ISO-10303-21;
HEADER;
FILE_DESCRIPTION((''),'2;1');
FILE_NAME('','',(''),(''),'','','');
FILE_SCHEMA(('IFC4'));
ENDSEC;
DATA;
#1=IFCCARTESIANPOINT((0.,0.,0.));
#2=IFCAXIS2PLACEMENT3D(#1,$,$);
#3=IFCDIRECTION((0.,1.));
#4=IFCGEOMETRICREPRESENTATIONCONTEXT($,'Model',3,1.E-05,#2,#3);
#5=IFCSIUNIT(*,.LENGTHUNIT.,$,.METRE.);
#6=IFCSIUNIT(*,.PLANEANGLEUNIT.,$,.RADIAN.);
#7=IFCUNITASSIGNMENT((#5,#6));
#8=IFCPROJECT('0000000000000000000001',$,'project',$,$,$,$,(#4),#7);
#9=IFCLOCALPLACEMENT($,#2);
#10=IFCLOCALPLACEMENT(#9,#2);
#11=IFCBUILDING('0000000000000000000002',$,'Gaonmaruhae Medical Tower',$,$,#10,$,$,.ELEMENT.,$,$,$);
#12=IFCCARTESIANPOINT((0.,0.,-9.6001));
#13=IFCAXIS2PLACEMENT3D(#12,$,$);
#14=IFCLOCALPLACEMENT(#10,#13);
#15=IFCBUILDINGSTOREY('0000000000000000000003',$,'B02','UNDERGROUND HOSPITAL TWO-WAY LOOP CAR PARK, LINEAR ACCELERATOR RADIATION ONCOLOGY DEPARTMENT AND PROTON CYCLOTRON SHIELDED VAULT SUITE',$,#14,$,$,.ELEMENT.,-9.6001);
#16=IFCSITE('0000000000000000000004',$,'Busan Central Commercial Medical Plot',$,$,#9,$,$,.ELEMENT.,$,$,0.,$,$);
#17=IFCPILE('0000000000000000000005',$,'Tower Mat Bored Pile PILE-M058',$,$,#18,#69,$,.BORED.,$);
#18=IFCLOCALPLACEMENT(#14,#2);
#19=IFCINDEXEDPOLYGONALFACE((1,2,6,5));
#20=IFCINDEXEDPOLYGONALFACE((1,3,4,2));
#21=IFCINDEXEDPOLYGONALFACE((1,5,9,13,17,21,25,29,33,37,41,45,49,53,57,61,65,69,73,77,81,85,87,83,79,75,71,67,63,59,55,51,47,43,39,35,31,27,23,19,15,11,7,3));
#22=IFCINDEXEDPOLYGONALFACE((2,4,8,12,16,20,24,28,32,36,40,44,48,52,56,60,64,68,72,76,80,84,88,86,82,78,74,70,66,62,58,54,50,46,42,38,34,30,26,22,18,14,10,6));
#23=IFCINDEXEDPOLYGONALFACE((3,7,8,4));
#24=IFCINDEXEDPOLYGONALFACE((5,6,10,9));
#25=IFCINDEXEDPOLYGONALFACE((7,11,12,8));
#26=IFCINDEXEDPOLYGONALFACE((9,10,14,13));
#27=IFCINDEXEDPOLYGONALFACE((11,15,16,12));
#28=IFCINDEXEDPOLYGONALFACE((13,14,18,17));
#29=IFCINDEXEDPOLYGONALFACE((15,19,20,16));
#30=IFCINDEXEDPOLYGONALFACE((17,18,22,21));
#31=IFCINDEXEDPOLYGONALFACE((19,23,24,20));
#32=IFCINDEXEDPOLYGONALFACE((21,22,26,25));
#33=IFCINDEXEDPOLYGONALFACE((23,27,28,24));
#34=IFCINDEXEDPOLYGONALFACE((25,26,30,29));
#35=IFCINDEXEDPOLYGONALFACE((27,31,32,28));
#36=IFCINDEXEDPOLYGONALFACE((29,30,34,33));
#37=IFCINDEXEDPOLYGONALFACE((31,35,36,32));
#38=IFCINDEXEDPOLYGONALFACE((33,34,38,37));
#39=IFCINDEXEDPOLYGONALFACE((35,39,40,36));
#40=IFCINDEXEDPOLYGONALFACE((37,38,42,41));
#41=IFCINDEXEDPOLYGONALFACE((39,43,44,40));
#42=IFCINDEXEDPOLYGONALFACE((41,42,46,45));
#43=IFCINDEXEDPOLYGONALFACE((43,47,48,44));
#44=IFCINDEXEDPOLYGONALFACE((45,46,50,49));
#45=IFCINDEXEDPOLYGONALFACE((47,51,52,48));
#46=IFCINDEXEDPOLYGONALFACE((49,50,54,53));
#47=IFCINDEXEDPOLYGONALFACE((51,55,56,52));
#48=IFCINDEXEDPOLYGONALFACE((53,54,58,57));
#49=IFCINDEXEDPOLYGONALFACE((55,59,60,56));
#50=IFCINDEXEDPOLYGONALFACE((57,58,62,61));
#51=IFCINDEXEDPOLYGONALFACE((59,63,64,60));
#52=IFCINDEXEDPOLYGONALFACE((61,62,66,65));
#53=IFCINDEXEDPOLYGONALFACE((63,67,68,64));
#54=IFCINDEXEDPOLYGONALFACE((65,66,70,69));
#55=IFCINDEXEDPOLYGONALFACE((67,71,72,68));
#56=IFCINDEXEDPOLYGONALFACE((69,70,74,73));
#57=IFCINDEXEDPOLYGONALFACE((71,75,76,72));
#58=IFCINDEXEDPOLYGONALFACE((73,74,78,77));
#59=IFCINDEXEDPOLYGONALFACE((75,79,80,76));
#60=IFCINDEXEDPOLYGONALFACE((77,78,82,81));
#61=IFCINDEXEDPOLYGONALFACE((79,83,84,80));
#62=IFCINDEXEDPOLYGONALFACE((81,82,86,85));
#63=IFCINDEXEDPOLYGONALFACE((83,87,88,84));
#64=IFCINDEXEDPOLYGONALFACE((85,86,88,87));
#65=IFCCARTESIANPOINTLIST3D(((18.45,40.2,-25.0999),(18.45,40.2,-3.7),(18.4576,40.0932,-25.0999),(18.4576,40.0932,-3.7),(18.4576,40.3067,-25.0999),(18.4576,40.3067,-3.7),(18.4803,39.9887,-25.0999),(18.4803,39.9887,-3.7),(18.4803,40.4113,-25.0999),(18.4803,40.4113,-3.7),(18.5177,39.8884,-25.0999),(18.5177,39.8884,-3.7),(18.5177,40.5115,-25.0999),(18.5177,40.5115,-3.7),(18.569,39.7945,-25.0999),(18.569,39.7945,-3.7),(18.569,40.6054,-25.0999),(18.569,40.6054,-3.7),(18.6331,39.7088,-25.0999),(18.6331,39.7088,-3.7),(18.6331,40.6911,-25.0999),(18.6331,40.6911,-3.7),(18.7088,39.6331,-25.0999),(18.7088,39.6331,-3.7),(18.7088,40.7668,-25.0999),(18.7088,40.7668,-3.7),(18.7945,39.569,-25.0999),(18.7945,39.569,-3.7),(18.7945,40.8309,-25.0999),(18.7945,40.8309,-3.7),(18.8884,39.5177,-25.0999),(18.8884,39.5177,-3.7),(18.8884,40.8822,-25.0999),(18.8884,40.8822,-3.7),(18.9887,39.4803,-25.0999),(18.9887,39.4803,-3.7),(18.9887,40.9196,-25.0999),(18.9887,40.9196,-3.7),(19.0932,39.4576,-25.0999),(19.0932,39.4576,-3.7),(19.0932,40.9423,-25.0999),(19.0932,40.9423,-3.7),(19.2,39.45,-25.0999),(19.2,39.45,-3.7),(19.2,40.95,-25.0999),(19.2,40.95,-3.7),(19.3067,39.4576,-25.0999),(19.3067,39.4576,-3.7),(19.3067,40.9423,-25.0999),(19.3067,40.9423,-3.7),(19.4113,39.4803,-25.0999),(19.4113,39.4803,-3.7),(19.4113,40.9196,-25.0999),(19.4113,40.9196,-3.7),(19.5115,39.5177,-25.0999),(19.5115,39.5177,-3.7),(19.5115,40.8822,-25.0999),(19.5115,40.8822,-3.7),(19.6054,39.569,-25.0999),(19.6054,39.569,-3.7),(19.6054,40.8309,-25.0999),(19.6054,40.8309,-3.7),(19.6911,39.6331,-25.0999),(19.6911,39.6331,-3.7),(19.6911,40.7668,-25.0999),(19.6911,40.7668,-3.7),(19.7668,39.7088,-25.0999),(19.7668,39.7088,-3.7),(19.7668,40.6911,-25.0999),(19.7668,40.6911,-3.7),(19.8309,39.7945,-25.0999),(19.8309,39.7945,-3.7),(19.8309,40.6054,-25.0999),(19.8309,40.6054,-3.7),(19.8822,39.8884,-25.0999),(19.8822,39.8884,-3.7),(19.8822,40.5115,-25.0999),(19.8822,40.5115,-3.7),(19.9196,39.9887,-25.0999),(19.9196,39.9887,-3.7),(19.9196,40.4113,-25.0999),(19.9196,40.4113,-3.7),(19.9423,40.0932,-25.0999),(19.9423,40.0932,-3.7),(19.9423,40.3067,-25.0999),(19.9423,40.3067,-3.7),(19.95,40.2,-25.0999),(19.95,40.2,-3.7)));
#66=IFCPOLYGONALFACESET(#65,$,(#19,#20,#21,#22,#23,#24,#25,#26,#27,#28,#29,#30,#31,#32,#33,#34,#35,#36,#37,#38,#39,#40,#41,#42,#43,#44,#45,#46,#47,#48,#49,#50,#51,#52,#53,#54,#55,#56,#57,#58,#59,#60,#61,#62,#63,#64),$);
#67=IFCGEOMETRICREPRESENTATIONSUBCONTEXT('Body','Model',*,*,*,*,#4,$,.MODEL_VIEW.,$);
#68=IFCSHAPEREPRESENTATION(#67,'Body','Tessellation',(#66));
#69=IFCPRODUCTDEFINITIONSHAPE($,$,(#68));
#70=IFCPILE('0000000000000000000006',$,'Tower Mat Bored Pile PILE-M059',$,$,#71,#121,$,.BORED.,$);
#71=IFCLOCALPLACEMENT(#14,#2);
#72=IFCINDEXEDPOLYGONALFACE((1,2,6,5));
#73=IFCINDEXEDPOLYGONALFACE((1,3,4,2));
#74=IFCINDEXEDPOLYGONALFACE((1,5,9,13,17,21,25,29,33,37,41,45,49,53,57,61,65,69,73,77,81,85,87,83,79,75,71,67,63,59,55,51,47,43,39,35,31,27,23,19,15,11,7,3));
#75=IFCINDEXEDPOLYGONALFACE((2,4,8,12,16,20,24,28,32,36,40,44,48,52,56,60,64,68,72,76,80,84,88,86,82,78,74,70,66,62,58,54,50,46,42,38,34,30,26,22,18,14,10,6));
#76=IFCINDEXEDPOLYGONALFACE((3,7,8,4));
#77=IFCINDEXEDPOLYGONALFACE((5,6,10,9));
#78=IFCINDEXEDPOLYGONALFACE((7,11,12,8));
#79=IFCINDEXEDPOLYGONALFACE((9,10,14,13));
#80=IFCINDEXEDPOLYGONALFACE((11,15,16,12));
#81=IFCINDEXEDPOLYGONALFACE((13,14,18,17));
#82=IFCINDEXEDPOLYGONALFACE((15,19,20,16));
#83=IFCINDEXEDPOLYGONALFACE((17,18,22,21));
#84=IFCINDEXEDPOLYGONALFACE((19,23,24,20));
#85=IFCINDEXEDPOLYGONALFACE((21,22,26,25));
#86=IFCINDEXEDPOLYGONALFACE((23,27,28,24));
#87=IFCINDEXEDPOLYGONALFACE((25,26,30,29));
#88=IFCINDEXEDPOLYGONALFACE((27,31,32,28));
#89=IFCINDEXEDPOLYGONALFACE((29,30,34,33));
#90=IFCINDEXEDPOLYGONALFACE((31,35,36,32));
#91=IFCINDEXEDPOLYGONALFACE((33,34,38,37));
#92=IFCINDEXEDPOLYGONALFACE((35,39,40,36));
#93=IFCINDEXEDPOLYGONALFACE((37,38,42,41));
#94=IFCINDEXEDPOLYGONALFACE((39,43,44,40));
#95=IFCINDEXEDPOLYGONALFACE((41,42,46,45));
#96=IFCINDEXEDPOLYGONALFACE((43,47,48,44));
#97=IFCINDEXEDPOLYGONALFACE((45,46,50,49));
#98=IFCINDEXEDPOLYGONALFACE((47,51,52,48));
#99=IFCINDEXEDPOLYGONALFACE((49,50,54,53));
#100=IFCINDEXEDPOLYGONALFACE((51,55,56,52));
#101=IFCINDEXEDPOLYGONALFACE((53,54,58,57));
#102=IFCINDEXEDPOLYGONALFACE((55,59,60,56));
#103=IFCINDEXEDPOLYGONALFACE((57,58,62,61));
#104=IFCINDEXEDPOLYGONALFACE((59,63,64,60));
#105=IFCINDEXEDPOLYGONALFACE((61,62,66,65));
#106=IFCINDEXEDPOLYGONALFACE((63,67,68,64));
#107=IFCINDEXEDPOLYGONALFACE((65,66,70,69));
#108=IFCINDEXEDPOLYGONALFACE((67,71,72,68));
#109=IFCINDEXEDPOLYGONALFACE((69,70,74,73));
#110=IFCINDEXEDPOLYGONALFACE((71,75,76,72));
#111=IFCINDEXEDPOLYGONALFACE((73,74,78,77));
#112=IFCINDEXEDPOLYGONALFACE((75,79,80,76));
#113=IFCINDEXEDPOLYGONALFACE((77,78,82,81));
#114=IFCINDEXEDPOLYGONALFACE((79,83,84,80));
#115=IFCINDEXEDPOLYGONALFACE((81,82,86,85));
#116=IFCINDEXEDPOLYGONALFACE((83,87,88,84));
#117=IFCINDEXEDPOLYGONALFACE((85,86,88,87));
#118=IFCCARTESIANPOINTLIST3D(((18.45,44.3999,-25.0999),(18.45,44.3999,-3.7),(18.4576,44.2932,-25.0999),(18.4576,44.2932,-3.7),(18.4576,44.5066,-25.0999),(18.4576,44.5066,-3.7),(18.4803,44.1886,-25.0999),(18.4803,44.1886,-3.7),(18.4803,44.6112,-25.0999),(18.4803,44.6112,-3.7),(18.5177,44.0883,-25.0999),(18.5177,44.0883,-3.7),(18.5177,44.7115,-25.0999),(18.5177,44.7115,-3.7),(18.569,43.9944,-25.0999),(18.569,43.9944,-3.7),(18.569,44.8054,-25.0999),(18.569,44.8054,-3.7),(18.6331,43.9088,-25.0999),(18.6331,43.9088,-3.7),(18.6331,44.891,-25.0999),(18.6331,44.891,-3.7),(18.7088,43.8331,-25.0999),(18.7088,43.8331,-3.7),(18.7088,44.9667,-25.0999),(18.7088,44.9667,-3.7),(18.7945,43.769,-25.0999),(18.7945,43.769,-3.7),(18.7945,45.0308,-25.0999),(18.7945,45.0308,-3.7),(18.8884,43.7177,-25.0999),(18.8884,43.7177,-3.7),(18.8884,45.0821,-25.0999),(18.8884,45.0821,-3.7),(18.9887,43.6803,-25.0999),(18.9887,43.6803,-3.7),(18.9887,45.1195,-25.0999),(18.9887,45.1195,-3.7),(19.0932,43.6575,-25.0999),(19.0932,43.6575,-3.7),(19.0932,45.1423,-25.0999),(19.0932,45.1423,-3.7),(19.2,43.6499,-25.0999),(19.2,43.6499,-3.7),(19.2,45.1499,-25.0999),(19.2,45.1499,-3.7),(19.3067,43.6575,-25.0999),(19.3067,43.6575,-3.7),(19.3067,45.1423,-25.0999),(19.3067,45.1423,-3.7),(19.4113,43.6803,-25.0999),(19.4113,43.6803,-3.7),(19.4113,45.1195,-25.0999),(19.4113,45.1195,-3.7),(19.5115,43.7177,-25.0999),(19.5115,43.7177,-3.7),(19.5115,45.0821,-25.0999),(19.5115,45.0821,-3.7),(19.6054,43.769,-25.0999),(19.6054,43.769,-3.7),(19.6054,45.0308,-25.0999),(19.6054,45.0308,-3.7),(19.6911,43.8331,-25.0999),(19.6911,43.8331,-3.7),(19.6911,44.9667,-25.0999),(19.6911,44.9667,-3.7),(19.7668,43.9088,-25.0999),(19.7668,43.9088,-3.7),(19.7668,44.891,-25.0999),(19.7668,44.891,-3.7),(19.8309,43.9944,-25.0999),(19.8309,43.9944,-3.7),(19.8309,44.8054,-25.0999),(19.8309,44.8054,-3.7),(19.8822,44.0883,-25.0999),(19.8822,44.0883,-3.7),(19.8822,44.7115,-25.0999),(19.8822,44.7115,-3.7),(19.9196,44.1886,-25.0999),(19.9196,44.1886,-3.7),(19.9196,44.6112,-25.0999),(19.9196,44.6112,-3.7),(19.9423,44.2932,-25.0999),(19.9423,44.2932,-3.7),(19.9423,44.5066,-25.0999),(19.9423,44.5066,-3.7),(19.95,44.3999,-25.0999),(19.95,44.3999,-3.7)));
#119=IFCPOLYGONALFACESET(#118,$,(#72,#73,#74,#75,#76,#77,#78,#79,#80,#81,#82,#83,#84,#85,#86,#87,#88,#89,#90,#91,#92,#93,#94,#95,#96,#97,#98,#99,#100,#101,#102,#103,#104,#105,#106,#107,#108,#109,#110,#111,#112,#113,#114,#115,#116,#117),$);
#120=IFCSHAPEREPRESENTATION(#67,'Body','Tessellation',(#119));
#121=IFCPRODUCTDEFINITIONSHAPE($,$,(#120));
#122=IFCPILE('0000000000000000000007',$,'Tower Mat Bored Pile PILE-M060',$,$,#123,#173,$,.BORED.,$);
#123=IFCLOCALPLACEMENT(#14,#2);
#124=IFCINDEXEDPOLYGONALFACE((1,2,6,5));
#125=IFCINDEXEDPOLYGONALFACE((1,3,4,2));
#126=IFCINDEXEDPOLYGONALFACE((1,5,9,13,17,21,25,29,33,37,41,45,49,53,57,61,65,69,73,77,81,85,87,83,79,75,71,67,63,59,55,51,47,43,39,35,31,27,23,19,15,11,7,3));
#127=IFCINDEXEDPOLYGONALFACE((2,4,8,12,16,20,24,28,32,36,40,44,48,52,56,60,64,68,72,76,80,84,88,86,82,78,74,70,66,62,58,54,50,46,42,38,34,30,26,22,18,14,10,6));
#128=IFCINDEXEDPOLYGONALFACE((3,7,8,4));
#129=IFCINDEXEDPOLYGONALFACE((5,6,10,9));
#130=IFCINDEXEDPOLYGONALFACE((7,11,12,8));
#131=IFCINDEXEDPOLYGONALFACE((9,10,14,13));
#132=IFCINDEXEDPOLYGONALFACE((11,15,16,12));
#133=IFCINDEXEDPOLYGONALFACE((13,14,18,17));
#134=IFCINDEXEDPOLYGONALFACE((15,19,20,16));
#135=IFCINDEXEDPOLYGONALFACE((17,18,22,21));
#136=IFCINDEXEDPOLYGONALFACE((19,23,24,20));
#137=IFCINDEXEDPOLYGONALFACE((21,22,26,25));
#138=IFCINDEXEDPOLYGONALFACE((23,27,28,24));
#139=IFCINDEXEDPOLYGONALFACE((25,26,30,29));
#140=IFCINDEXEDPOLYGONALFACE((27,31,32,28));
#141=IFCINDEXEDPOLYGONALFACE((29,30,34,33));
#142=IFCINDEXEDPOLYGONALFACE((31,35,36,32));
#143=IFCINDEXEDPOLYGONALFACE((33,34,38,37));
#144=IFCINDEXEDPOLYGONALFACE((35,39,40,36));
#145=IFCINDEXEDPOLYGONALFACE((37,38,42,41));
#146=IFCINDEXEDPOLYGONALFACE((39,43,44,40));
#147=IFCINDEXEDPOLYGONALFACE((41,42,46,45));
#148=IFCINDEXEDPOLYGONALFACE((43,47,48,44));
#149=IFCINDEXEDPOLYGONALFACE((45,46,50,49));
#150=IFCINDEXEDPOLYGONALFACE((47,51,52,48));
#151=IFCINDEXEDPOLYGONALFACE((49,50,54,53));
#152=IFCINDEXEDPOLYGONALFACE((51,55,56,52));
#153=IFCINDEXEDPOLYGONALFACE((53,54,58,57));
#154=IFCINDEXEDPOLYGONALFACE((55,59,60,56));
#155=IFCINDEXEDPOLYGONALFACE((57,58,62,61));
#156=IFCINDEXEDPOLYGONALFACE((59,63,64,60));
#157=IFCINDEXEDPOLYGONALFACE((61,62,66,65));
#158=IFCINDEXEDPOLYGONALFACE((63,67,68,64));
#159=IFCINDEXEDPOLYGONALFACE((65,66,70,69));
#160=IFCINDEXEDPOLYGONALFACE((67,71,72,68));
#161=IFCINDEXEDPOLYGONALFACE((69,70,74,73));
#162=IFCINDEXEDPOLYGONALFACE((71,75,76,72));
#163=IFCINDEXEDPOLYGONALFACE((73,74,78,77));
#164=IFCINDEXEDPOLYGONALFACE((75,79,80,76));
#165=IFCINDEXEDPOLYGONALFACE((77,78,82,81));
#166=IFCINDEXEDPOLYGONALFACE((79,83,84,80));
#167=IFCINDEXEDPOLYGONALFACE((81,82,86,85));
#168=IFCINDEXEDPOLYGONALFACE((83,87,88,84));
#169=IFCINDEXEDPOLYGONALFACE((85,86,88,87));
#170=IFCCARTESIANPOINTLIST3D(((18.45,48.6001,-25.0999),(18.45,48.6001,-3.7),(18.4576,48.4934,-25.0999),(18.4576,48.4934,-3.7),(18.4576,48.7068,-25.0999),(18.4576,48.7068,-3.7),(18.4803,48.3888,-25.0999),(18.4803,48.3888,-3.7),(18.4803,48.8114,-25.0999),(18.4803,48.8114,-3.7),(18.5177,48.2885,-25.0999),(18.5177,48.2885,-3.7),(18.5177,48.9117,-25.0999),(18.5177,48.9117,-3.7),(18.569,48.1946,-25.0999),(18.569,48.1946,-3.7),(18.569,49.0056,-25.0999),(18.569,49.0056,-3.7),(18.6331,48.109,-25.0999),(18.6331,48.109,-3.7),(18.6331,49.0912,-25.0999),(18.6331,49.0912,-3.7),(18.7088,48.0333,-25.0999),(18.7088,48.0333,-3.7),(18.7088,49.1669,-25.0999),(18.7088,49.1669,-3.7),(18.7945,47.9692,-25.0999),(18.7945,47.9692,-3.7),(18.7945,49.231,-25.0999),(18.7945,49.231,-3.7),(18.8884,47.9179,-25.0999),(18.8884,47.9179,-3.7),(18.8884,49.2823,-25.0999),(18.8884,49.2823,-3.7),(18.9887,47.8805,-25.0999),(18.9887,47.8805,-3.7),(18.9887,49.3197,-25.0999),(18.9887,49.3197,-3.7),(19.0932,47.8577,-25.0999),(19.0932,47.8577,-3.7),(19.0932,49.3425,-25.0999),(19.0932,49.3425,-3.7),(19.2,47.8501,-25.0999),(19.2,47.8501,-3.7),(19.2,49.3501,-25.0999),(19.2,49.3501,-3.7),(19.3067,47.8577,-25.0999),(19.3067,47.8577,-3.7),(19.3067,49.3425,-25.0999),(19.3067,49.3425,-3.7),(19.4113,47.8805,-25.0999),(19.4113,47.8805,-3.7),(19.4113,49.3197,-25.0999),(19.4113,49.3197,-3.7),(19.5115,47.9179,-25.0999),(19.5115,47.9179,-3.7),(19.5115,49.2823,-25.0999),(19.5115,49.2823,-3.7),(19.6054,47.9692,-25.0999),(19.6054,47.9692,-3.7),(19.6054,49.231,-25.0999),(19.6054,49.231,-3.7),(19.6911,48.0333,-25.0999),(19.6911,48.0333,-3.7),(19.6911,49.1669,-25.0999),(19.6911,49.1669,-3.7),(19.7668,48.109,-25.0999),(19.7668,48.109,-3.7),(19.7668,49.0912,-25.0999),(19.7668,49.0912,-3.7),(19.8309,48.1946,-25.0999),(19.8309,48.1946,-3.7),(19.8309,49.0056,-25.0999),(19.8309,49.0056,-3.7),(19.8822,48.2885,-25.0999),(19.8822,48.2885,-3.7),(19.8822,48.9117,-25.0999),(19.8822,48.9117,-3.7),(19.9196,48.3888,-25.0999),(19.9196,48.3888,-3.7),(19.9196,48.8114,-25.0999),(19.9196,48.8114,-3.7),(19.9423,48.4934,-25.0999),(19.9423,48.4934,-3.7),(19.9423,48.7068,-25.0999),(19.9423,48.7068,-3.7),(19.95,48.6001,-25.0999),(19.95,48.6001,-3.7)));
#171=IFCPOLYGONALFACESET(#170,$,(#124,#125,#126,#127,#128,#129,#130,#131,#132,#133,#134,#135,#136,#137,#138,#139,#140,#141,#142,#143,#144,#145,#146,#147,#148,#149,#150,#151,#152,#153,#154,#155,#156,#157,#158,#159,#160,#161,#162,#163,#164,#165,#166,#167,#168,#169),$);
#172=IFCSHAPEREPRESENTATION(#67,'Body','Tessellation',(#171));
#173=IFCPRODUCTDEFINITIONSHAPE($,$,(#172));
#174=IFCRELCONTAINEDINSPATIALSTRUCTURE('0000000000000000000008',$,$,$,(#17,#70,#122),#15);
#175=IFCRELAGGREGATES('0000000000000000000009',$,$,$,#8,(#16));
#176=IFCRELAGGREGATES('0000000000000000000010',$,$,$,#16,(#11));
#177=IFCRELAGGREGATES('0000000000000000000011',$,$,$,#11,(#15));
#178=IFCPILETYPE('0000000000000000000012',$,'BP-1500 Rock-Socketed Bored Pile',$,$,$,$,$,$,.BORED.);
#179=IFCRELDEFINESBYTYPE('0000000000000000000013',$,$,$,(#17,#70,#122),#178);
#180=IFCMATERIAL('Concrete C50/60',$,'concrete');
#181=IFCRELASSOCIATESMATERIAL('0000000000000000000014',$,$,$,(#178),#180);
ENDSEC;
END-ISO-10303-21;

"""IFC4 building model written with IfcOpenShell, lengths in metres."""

from ifc_helpers import new_model, si_unit, direction, frame, origin, origin_2d, place, context, subcontext, project, spatial, circle, extrude, material, material_profile, profile_set, type_object, element, save


model = new_model("IFC4")

# Units and contexts
model_context = context("Model", 3, precision=1e-05, world=origin(), true_north=direction((0.0, 1.0)))
body_context = subcontext(model_context, "Body", "Model", "MODEL_VIEW")
ifc_project = project(units=[si_unit("LENGTHUNIT", "METRE"), si_unit("PLANEANGLEUNIT", "RADIAN")], contexts=[model_context])

# Site, building, storey
site_placement = place(None, origin())
site = spatial("IfcSite", under=ifc_project, at=site_placement, Name="Busan Central Commercial Medical Plot", CompositionType="ELEMENT", RefElevation=0.0)
building_placement = place(site_placement, origin())
building = spatial("IfcBuilding", under=site, at=building_placement, Name="Gaonmaruhae Medical Tower", CompositionType="ELEMENT")
storey_placement = place(building_placement, frame((0.0, 0.0, -9.6001)))
storey = spatial("IfcBuildingStorey", under=building, at=storey_placement, Name="B02", Description="UNDERGROUND HOSPITAL TWO-WAY LOOP CAR PARK, LINEAR ACCELERATOR RADIATION ONCOLOGY DEPARTMENT AND PROTON CYCLOTRON SHIELDED VAULT SUITE", CompositionType="ELEMENT", Elevation=-9.6001)

# Piles
ifc_material_1 = material(Name="Concrete C50/60", Category="concrete")
ifc_material_profile_1 = material_profile(ifc_material_1, circle(Radius=0.75, at=origin_2d()), Name="PILE-D1500")
ifc_profile_set_1 = profile_set([ifc_material_profile_1], Name="Concrete C50/60")
pile_type = type_object("IfcPileType", Name="BP-1500 Rock-Socketed Bored Pile", PredefinedType="BORED", material=ifc_profile_set_1)
for number, where, z_axis, x_axis, name in (
    (1, (19.2, 40.2, -3.7), (0.0, 0.0, -1.0), (1.0, 0.0, 0.0), "Tower Mat Bored Pile PILE-M058"),
    (2, (19.2, 44.3999, -3.7), (0.0, 0.0, -1.0), (1.0, 0.0, 0.0), "Tower Mat Bored Pile PILE-M059"),
    (3, (19.2, 48.6001, -3.7), (0.0, 0.0, -1.0), (1.0, 0.0, 0.0), "Tower Mat Bored Pile PILE-M060"),
):
    element("IfcPile", number, at=place(storey_placement, frame(where, z_axis=z_axis, x_axis=x_axis)), inside=storey, type_object=pile_type, Name=name, PredefinedType="BORED", context=body_context, shape_type="SweptSolid", body=[
        extrude(circle(Radius=0.75, at=origin_2d()), origin(), (0.0, 0.0, 1.0), 21.3999),
    ])

save(model, "model.ifc")
